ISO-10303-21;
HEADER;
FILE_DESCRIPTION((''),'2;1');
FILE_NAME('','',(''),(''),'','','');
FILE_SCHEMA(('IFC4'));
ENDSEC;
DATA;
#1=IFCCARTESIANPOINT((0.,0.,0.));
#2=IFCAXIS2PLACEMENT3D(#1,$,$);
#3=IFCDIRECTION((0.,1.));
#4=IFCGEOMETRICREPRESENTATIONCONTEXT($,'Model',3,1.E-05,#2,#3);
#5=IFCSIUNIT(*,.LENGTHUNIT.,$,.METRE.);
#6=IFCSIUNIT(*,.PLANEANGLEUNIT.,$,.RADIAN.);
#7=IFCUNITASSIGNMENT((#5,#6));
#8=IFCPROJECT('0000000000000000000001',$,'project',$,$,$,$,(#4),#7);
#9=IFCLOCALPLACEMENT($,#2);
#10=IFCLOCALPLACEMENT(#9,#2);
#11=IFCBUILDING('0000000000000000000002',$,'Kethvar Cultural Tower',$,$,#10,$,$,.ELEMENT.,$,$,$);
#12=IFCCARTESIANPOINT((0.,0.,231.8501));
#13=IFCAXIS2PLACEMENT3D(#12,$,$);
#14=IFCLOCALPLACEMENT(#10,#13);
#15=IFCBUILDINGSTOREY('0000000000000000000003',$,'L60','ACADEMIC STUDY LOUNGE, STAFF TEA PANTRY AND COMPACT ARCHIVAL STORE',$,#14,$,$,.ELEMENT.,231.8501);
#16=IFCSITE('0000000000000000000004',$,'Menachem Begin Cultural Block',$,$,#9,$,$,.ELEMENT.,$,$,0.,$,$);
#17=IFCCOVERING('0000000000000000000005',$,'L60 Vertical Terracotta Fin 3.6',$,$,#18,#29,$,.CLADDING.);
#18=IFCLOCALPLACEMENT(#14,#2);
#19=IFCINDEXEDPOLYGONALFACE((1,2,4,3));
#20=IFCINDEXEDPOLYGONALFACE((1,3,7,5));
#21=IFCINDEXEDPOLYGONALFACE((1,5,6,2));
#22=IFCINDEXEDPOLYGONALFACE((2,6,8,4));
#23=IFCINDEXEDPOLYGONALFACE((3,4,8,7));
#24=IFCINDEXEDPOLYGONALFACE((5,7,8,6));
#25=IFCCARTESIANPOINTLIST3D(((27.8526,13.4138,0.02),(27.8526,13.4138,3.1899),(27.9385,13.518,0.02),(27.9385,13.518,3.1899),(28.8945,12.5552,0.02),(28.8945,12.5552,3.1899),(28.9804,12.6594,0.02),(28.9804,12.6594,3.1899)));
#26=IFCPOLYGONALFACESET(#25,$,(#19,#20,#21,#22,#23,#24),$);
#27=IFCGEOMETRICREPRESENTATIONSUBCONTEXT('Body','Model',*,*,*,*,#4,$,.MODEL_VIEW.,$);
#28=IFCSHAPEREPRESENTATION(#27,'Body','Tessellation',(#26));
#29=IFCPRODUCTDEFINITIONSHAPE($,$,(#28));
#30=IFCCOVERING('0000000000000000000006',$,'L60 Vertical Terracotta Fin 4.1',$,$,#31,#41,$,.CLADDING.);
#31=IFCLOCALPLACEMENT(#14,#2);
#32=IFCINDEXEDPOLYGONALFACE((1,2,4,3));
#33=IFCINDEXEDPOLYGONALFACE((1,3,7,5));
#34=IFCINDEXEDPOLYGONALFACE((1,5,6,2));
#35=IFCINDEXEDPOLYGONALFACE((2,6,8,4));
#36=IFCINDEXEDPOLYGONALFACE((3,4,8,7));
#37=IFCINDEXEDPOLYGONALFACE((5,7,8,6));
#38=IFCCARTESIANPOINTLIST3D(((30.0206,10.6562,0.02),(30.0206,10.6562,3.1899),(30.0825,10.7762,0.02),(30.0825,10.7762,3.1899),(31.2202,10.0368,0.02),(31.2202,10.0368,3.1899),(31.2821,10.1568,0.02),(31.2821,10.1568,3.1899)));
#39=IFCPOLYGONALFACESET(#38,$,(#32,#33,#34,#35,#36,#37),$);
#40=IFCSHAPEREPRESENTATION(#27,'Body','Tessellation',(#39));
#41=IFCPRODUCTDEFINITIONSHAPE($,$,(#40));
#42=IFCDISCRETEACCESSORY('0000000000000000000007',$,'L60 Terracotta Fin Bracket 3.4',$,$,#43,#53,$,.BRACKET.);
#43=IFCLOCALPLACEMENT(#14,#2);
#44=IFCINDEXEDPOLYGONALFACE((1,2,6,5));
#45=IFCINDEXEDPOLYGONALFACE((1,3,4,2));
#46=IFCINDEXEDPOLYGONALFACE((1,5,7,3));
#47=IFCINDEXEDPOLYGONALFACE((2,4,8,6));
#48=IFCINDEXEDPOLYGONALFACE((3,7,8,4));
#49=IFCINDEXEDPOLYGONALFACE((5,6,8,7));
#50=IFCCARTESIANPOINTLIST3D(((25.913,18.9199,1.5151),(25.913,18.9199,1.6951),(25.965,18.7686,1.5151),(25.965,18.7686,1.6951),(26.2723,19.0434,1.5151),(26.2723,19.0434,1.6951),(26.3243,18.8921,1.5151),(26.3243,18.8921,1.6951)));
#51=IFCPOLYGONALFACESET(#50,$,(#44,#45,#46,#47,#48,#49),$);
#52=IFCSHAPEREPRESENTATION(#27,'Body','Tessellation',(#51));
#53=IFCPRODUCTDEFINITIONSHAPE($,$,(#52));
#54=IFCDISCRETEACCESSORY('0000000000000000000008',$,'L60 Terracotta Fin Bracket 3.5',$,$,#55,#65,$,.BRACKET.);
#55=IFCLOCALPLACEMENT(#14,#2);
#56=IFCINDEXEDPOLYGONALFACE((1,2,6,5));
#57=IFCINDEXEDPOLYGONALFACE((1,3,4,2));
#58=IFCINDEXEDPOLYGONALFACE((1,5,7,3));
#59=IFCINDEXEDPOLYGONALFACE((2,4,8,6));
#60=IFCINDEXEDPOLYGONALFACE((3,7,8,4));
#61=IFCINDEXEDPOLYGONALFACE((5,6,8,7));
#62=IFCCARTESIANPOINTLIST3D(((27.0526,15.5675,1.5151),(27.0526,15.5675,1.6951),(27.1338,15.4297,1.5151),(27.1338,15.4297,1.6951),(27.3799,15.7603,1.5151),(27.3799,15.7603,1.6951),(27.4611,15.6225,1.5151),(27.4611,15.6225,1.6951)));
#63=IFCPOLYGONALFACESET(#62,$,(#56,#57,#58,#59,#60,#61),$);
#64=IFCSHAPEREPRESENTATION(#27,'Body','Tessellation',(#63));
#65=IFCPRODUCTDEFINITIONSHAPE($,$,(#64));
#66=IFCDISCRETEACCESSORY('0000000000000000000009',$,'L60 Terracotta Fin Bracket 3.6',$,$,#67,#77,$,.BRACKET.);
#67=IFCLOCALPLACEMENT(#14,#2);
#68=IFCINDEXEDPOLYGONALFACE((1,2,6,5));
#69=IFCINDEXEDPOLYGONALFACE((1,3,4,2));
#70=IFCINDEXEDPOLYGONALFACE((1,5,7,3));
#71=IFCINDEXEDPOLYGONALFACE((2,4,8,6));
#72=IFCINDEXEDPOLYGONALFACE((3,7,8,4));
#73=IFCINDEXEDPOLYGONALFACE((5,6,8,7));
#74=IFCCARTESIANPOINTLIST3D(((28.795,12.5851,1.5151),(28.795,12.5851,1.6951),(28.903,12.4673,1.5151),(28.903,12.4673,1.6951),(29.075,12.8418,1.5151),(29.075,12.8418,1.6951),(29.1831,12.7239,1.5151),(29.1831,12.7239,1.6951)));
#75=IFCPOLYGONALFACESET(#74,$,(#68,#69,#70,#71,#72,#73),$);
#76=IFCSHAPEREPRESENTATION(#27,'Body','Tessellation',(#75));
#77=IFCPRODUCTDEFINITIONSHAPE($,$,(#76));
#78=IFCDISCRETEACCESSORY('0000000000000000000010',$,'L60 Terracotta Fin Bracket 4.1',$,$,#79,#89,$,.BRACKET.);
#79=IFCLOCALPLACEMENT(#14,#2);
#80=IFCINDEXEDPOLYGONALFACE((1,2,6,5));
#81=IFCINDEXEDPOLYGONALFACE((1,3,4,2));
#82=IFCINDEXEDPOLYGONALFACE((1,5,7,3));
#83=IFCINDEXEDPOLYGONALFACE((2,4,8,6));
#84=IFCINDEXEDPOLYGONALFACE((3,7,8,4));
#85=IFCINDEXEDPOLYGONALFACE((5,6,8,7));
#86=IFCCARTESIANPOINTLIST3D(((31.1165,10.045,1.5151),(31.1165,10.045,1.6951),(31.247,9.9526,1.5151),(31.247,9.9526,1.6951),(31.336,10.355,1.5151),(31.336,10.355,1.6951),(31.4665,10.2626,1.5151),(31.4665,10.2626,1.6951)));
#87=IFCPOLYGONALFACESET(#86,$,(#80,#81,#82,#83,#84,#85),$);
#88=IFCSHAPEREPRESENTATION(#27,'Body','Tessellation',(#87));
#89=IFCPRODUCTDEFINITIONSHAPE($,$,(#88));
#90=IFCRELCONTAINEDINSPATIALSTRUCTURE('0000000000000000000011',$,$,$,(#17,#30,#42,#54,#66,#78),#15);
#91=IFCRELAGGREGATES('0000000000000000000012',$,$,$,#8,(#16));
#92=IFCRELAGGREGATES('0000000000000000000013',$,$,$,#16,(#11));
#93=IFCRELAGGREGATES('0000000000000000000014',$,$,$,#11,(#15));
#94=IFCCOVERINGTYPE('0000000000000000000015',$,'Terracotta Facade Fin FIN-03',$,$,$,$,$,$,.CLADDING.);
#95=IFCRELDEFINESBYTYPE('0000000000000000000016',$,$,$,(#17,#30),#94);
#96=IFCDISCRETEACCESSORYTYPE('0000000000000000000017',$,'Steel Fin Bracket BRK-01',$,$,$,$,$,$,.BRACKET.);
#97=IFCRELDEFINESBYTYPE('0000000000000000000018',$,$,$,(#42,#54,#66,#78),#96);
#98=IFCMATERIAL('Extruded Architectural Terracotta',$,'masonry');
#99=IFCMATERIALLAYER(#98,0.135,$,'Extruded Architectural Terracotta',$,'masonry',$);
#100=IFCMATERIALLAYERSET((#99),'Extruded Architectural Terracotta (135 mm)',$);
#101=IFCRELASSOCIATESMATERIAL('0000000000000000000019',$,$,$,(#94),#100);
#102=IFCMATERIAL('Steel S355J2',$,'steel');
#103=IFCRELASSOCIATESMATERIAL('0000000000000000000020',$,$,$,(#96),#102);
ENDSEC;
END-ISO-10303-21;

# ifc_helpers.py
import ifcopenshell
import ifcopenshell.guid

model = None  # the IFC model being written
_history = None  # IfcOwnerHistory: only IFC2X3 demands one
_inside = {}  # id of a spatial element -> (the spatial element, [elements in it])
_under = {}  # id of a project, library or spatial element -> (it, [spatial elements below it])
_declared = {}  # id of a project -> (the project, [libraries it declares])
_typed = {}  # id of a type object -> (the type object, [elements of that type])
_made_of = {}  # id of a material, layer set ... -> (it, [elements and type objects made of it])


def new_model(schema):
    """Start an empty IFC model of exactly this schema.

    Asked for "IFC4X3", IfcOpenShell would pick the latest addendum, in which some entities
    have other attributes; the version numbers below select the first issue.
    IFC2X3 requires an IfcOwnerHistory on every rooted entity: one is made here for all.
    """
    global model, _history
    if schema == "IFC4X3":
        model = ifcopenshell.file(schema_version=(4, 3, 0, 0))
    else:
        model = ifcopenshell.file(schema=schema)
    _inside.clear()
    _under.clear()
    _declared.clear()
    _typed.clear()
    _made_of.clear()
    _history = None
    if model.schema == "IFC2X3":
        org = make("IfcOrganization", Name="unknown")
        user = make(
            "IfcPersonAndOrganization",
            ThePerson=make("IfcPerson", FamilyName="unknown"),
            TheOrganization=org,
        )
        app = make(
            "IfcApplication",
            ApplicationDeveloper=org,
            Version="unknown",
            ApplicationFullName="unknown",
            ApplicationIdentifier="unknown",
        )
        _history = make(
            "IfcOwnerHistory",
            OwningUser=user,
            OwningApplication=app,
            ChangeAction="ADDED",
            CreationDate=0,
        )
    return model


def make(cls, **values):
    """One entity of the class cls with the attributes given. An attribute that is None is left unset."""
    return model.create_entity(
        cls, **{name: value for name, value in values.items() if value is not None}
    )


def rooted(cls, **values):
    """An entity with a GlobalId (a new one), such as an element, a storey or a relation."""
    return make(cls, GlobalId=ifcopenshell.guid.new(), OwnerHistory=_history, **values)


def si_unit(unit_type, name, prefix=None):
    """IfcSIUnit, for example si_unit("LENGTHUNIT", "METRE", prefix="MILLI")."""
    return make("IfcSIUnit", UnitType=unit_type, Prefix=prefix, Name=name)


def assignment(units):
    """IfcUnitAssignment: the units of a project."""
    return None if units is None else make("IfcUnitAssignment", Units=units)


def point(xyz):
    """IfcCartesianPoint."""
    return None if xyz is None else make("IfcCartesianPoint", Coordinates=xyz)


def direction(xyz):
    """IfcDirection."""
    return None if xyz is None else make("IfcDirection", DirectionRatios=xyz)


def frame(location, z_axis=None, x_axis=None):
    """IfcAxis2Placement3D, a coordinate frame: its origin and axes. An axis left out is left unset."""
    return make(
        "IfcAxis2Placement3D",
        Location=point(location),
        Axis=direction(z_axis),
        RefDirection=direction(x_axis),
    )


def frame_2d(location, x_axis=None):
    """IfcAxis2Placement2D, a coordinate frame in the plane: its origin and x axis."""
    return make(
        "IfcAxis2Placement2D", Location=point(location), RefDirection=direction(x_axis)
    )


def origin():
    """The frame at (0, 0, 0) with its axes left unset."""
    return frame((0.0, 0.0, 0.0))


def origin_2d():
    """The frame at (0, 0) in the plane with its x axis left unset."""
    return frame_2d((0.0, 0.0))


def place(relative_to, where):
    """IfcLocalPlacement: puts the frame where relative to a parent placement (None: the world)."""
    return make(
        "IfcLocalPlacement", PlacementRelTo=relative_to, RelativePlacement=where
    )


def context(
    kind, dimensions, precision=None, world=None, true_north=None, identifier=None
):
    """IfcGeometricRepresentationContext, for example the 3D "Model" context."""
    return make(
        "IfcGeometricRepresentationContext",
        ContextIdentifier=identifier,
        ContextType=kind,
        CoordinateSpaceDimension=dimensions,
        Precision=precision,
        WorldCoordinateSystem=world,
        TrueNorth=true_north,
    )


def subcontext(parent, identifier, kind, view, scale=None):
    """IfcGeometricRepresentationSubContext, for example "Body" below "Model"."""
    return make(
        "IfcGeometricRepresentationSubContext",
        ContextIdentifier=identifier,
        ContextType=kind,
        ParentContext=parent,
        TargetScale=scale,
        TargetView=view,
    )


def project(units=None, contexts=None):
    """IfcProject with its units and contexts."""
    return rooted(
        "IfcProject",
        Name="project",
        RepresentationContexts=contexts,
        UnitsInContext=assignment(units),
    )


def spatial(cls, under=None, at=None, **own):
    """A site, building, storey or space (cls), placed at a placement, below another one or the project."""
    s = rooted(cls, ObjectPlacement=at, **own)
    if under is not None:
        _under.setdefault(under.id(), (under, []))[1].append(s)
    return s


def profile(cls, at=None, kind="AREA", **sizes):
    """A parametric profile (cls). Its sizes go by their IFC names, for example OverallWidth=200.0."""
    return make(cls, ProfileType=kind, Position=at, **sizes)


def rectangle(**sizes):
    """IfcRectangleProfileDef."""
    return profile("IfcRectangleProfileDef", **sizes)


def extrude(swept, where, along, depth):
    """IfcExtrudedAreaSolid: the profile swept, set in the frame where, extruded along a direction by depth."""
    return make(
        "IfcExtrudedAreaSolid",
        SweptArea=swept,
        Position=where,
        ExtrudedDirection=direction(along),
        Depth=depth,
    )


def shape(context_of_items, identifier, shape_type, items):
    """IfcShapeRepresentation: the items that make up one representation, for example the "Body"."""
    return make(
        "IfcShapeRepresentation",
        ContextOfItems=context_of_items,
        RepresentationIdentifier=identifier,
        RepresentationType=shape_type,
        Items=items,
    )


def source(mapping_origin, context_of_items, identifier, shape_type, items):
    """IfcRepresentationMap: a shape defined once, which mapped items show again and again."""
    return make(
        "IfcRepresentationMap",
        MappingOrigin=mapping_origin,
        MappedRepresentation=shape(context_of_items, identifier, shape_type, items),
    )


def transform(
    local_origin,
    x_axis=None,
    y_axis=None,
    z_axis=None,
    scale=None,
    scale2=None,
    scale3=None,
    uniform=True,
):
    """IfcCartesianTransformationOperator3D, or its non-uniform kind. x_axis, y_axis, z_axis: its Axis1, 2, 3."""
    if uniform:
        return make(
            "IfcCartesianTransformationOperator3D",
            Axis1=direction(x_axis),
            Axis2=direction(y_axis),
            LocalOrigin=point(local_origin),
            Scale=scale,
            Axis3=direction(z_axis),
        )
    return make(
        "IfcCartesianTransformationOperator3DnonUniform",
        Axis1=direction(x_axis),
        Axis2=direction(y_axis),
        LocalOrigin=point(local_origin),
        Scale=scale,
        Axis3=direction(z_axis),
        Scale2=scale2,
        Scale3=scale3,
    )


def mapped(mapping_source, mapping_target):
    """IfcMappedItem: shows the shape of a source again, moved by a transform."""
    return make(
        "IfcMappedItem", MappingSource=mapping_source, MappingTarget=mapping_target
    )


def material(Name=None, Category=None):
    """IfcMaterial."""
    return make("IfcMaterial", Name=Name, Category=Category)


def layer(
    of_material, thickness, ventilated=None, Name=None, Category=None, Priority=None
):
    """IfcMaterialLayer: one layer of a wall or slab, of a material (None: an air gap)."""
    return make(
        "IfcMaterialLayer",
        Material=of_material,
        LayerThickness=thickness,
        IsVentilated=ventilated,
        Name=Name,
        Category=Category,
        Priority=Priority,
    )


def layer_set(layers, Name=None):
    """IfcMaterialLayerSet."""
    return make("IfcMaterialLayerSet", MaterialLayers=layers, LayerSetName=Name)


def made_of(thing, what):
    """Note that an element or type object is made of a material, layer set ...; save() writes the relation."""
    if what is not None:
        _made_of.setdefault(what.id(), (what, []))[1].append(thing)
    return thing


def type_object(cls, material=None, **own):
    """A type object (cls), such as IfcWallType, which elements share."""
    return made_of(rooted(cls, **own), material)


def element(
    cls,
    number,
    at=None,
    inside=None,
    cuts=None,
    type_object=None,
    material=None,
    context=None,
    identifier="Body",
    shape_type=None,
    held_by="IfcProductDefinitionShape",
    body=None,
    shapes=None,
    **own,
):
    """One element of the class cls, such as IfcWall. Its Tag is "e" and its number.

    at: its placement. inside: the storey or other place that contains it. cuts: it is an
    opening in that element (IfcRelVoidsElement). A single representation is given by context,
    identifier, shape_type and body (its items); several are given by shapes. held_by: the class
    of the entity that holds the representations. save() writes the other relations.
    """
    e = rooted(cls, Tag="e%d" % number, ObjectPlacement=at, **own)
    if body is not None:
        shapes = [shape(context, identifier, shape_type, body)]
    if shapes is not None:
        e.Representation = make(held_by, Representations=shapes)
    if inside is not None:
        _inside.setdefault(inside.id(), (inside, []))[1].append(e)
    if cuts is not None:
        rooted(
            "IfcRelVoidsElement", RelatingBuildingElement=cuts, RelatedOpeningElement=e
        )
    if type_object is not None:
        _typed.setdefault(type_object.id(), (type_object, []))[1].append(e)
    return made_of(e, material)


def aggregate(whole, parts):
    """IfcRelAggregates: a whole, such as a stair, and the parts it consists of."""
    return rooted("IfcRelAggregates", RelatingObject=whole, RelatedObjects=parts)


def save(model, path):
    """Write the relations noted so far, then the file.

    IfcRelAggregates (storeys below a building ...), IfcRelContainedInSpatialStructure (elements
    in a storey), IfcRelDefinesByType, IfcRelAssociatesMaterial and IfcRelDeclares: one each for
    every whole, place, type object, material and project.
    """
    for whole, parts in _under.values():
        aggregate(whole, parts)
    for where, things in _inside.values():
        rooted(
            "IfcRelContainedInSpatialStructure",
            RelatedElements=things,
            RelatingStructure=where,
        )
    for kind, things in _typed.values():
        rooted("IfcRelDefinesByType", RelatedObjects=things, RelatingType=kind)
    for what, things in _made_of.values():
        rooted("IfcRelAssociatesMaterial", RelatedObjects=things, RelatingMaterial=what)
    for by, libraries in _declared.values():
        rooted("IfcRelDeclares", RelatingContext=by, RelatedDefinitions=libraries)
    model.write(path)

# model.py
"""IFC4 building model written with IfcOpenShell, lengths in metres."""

from ifc_helpers import new_model, si_unit, direction, frame, origin, origin_2d, place, context, subcontext, project, spatial, rectangle, extrude, source, transform, mapped, material, layer, layer_set, type_object, element, save


model = new_model("IFC4")

# Units and contexts
model_context = context("Model", 3, precision=1e-05, world=origin(), true_north=direction((0.0, 1.0)))
body_context = subcontext(model_context, "Body", "Model", "MODEL_VIEW")
ifc_project = project(units=[si_unit("LENGTHUNIT", "METRE"), si_unit("PLANEANGLEUNIT", "RADIAN")], contexts=[model_context])

# Site, building, storey
site_placement = place(None, origin())
site = spatial("IfcSite", under=ifc_project, at=site_placement, Name="Menachem Begin Cultural Block", CompositionType="ELEMENT", RefElevation=0.0)
building_placement = place(site_placement, origin())
building = spatial("IfcBuilding", under=site, at=building_placement, Name="Kethvar Cultural Tower", CompositionType="ELEMENT")
storey_placement = place(building_placement, frame((0.0, 0.0, 231.8501)))
storey = spatial("IfcBuildingStorey", under=building, at=storey_placement, Name="L60", Description="ACADEMIC STUDY LOUNGE, STAFF TEA PANTRY AND COMPACT ARCHIVAL STORE", CompositionType="ELEMENT", Elevation=231.8501)

# Shared definitions
ifc_material_1 = material(Name="Steel S355J2", Category="steel")

# Coverings
ifc_material_2 = material(Name="Extruded Architectural Terracotta", Category="masonry")
ifc_layer_1 = layer(ifc_material_2, 0.135, Name="Extruded Architectural Terracotta", Category="masonry")
ifc_layer_set_1 = layer_set([ifc_layer_1], Name="Extruded Architectural Terracotta (135 mm)")
covering_type = type_object("IfcCoveringType", Name="Terracotta Facade Fin FIN-03", PredefinedType="CLADDING", material=ifc_layer_set_1)
shared_shape_1 = source(origin(), body_context, "Body", "SweptSolid", [
    extrude(rectangle(XDim=1.3501, YDim=0.135, at=origin_2d()), origin(), (0.0, 0.0, 1.0), 3.1699),
])
for number, where, z_axis, x_axis, name in (
    (1, (28.4165, 13.0366, 0.02), (0.0, 0.0, 1.0), (-0.771736, 0.635944, 0.0), "L60 Vertical Terracotta Fin 3.6"),
    (2, (30.6514, 10.4065, 0.02), (0.0, 0.0, 1.0), (-0.888537, 0.458805, 0.0), "L60 Vertical Terracotta Fin 4.1"),
):
    element("IfcCovering", number, at=place(storey_placement, frame(where, z_axis=z_axis, x_axis=x_axis)), inside=storey, type_object=covering_type, Name=name, PredefinedType="CLADDING", context=body_context, shape_type="MappedRepresentation", body=[
        mapped(shared_shape_1, transform((0.0, 0.0, 0.0), scale=1.0)),
    ])

# Discrete accessories
discrete_accessory_type = type_object("IfcDiscreteAccessoryType", Name="Steel Fin Bracket BRK-01", PredefinedType="BRACKET", material=ifc_material_1)
shared_shape_2 = source(origin(), body_context, "Body", "SweptSolid", [
    extrude(rectangle(XDim=0.3799, YDim=0.1599, at=origin_2d()), origin(), (0.0, 0.0, 1.0), 0.1799),
])
for number, where, z_axis, x_axis, name in (
    (3, (26.1187, 18.906, 1.5151), (0.0, 0.0, 1.0), (-0.945689, -0.325073, 0.0), "L60 Terracotta Fin Bracket 3.4"),
    (4, (27.2568, 15.595, 1.5151), (0.0, 0.0, 1.0), (-0.861629, -0.507538, 0.0), "L60 Terracotta Fin Bracket 3.5"),
    (5, (28.989, 12.6545, 1.5151), (0.0, 0.0, 1.0), (-0.737159, -0.675719, 0.0), "L60 Terracotta Fin Bracket 3.6"),
    (6, (31.2915, 10.1538, 1.5151), (0.0, 0.0, 1.0), (-0.578, -0.816037, 0.0), "L60 Terracotta Fin Bracket 4.1"),
):
    element("IfcDiscreteAccessory", number, at=place(storey_placement, frame(where, z_axis=z_axis, x_axis=x_axis)), inside=storey, type_object=discrete_accessory_type, Name=name, PredefinedType="BRACKET", context=body_context, shape_type="MappedRepresentation", body=[
        mapped(shared_shape_2, transform((0.0, 0.0, 0.0), scale=1.0)),
    ])

save(model, "model.ifc")
